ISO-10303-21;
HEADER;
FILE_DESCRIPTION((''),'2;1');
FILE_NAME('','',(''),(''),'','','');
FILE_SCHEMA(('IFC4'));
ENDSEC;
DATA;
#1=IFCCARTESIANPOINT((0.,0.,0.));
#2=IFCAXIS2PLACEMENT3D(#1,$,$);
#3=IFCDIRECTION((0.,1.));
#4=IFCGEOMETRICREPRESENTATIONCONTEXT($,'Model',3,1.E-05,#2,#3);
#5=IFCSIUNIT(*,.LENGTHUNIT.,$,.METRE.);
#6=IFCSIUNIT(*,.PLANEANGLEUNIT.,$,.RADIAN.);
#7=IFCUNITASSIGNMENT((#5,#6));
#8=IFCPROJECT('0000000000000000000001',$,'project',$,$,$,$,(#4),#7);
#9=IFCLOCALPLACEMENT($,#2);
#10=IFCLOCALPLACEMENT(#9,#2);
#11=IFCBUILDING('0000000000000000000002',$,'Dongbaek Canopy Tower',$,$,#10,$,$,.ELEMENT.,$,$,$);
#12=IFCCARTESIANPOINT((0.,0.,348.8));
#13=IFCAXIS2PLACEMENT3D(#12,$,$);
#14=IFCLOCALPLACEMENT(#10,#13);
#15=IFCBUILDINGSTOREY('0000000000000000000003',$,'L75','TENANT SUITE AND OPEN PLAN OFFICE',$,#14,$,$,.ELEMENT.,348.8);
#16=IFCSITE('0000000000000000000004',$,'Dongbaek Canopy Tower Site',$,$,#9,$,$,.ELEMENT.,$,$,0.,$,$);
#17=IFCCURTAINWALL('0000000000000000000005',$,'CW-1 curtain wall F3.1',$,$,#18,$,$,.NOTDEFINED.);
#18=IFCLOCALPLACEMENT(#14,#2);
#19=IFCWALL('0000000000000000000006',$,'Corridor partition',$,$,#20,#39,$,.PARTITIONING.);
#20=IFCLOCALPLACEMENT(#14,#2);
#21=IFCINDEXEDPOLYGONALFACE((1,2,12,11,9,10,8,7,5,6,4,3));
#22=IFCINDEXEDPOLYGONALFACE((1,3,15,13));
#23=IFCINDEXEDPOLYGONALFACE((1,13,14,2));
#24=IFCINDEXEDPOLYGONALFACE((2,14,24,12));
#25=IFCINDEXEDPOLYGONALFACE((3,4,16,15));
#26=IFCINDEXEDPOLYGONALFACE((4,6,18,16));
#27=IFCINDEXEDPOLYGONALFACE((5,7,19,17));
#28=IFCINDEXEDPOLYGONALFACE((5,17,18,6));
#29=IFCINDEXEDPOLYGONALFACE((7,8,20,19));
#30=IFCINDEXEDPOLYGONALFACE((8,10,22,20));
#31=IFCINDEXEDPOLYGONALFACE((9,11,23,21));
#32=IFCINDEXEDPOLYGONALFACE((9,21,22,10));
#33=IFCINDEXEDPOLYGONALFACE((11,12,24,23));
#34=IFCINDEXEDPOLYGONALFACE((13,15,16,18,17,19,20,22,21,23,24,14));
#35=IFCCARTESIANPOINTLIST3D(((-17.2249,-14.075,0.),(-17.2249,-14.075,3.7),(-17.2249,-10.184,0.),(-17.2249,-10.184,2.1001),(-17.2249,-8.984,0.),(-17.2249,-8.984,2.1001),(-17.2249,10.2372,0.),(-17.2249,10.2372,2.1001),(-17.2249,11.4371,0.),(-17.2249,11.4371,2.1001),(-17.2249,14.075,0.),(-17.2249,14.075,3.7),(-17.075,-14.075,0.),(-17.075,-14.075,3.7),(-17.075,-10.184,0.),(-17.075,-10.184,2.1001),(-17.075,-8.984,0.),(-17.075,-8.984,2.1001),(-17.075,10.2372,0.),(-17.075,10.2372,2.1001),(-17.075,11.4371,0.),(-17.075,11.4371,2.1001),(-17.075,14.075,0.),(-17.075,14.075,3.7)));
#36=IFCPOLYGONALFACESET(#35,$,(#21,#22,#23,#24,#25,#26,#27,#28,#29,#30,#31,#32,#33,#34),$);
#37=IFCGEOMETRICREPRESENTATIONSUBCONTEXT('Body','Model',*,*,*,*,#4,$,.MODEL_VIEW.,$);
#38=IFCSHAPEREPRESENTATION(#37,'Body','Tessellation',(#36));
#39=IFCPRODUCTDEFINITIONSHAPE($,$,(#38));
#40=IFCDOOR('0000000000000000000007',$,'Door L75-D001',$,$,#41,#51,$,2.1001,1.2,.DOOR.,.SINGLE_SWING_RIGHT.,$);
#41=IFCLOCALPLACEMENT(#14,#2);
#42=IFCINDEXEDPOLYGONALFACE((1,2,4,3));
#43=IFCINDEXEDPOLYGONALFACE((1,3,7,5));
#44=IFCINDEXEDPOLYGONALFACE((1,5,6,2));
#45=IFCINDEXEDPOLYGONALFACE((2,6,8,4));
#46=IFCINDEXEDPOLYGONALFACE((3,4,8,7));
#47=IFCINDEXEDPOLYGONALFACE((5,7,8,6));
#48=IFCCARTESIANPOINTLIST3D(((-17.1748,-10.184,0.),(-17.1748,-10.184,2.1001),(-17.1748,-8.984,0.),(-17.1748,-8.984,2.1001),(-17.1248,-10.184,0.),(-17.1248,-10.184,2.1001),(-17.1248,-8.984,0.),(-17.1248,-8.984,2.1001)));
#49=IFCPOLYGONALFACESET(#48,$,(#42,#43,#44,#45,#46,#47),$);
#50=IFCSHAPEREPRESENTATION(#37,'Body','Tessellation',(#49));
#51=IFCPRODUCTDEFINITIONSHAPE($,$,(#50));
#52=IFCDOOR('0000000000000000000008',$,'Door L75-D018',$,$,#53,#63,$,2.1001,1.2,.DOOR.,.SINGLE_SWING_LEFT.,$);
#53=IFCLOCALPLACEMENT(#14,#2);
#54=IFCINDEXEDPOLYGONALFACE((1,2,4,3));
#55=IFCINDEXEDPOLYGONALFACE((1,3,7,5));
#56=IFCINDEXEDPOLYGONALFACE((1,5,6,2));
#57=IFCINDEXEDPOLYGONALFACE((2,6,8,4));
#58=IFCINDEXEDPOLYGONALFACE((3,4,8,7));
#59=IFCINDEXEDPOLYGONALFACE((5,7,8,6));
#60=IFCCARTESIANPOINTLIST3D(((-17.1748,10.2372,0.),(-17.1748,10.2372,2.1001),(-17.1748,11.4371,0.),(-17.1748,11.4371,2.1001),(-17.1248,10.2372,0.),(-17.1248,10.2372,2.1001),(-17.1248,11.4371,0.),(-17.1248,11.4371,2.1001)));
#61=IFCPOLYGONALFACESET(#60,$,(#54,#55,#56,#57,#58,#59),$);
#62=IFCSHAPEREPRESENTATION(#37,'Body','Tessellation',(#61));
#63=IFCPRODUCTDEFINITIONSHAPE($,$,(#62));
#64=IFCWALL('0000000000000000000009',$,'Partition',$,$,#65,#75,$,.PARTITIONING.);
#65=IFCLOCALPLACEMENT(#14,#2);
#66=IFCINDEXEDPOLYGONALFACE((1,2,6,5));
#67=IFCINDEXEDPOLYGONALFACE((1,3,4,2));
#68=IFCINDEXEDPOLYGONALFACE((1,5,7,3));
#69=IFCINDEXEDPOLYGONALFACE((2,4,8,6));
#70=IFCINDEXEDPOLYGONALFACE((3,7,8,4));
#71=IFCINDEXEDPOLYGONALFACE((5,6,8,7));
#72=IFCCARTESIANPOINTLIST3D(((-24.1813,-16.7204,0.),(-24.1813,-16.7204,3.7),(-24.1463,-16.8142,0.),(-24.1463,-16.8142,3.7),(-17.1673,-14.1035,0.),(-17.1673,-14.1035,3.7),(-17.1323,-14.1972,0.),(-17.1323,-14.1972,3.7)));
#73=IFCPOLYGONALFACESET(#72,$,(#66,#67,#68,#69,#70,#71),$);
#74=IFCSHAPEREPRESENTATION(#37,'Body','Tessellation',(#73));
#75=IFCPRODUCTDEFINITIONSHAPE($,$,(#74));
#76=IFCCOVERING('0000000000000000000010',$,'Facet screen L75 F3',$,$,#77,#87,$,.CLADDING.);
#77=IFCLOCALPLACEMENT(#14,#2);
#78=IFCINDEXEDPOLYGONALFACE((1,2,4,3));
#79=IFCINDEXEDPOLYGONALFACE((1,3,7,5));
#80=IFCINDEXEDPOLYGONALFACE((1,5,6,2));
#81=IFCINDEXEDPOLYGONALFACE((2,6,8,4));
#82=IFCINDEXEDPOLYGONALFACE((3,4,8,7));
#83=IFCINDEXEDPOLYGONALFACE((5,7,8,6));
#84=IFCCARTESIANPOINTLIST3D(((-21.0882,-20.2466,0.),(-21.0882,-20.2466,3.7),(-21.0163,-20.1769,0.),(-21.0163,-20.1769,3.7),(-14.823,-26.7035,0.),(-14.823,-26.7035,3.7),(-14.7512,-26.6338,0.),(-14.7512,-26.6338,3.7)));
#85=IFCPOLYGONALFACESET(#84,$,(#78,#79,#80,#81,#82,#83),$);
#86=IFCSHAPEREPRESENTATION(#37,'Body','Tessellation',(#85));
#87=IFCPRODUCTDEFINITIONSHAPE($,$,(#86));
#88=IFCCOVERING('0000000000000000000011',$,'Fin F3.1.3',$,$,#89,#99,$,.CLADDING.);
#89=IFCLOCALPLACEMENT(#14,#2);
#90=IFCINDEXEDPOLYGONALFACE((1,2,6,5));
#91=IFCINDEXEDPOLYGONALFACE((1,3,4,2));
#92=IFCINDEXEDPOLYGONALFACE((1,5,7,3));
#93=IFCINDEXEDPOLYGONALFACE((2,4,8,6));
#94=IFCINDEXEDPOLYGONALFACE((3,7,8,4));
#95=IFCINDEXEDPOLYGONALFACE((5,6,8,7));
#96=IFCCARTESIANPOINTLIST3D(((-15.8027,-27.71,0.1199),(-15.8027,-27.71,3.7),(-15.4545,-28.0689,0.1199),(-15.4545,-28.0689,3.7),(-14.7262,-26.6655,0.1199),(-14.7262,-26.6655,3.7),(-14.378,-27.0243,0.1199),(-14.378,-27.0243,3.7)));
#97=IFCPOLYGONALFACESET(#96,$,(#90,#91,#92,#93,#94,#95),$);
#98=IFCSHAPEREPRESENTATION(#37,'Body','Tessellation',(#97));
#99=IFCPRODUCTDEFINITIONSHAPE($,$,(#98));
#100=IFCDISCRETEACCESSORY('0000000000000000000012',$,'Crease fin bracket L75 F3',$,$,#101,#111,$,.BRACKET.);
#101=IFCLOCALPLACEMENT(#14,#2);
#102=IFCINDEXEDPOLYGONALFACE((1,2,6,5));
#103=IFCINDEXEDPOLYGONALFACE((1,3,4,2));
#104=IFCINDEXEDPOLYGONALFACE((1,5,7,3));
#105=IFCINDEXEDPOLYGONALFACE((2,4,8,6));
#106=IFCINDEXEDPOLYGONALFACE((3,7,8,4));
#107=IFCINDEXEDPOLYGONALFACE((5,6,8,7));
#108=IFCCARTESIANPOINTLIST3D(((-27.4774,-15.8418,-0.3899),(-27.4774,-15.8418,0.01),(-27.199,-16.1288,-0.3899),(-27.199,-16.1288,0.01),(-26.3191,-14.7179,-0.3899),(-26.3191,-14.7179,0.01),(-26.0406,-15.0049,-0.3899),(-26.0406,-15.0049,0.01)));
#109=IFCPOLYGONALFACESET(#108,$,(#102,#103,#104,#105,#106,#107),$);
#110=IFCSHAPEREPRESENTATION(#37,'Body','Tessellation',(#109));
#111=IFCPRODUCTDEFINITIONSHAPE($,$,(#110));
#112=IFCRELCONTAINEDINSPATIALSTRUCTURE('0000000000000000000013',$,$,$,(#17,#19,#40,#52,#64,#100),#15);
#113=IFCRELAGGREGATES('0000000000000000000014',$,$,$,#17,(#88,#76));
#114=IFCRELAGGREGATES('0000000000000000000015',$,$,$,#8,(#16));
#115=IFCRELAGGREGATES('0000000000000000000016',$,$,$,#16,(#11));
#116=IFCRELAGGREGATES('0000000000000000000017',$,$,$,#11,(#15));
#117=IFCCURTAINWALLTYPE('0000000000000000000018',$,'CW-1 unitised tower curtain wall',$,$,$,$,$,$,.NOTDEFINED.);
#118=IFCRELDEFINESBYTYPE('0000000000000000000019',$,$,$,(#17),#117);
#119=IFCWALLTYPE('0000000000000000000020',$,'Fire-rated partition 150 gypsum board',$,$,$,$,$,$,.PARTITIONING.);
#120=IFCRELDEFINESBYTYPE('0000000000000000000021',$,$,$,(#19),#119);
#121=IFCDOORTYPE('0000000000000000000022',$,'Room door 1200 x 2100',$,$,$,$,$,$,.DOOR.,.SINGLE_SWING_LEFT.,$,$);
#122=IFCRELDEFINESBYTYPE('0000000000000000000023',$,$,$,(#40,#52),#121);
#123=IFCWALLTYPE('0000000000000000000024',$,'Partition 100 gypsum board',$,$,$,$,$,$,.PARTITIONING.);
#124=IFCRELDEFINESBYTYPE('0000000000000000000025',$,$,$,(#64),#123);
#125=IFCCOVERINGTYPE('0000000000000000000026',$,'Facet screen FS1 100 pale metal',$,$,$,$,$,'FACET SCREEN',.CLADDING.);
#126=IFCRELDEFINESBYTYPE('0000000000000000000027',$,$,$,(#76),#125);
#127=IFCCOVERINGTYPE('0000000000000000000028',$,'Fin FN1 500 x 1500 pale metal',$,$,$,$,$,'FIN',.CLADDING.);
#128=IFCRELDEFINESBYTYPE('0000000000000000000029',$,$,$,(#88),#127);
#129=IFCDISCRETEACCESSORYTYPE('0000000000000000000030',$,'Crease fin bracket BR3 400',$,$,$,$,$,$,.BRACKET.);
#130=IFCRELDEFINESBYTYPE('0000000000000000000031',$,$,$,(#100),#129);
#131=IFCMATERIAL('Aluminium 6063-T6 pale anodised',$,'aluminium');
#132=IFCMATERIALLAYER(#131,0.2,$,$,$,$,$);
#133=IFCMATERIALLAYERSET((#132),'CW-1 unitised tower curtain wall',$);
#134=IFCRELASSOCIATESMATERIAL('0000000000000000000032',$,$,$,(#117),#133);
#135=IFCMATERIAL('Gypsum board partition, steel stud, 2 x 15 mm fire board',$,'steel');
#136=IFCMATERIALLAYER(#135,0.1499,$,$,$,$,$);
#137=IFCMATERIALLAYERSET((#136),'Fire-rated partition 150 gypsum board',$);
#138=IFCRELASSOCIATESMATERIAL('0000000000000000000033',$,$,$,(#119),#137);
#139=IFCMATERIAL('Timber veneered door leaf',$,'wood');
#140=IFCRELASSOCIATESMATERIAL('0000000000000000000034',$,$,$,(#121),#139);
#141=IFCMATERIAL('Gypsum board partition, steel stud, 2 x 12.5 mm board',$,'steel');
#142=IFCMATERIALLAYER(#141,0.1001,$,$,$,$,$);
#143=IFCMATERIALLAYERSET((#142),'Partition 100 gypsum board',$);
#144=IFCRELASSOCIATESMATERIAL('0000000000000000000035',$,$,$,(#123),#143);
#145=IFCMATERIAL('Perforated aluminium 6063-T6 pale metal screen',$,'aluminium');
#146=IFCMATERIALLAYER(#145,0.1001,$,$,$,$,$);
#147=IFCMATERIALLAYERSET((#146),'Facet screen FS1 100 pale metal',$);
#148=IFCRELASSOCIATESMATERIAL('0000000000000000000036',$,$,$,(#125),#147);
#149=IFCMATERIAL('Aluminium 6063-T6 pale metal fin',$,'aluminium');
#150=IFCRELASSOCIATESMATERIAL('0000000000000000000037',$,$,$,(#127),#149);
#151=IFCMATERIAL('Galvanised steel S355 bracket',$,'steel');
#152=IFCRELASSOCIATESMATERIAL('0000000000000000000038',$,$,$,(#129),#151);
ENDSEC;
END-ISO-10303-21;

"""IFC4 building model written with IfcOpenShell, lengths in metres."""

from ifc_helpers import new_model, si_unit, direction, frame, frame_2d, origin, origin_2d, place, context, subcontext, project, spatial, rectangle, extrude, material, layer, layer_set, material_profile, profile_set, type_object, element, fill, aggregate, save


model = new_model("IFC4")

# Units and contexts
model_context = context("Model", 3, precision=1e-05, world=origin(), true_north=direction((0.0, 1.0)))
body_context = subcontext(model_context, "Body", "Model", "MODEL_VIEW")
ifc_project = project(units=[si_unit("LENGTHUNIT", "METRE"), si_unit("PLANEANGLEUNIT", "RADIAN")], contexts=[model_context])

# Site, building, storey
site_placement = place(None, origin())
site = spatial("IfcSite", under=ifc_project, at=site_placement, Name="Dongbaek Canopy Tower Site", CompositionType="ELEMENT", RefElevation=0.0)
building_placement = place(site_placement, origin())
building = spatial("IfcBuilding", under=site, at=building_placement, Name="Dongbaek Canopy Tower", CompositionType="ELEMENT")
storey_placement = place(building_placement, frame((0.0, 0.0, 348.8)))
storey = spatial("IfcBuildingStorey", under=building, at=storey_placement, Name="L75", Description="TENANT SUITE AND OPEN PLAN OFFICE", CompositionType="ELEMENT", Elevation=348.8)

# Curtain wall
ifc_material_1 = material(Name="Aluminium 6063-T6 pale anodised", Category="aluminium")
ifc_layer_1 = layer(ifc_material_1, 0.2)
ifc_layer_set_1 = layer_set([ifc_layer_1], Name="CW-1 unitised tower curtain wall")
curtain_wall_type = type_object("IfcCurtainWallType", Name="CW-1 unitised tower curtain wall", PredefinedType="NOTDEFINED", material=ifc_layer_set_1)
curtain_wall_placement = place(storey_placement, origin())
curtain_wall = element("IfcCurtainWall", 1, at=curtain_wall_placement, inside=storey, type_object=curtain_wall_type, Name="CW-1 curtain wall F3.1", PredefinedType="NOTDEFINED")

# Wall, openings, doors
ifc_material_2 = material(Name="Gypsum board partition, steel stud, 2 x 15 mm fire board", Category="steel")
ifc_layer_2 = layer(ifc_material_2, 0.1499)
ifc_layer_set_2 = layer_set([ifc_layer_2], Name="Fire-rated partition 150 gypsum board")
wall_type_1 = type_object("IfcWallType", Name="Fire-rated partition 150 gypsum board", PredefinedType="PARTITIONING", material=ifc_layer_set_2)
wall_1_placement = place(storey_placement, frame((-17.1499, -14.075, 0.0), z_axis=(0.0, 0.0, 1.0), x_axis=(0.0, 1.0, 0.0)))
wall_1 = element("IfcWall", 2, at=wall_1_placement, inside=storey, type_object=wall_type_1, Name="Corridor partition", PredefinedType="PARTITIONING", context=body_context, shape_type="SweptSolid", body=[
    extrude(rectangle(XDim=28.1499, YDim=0.1499, at=frame_2d((14.075, 0.0))), origin(), (0.0, 0.0, 1.0), 3.7),
])
opening_1_placement = place(wall_1_placement, frame((3.8909, 0.0, 0.0)))
opening_1 = element("IfcOpeningElement", 3, at=opening_1_placement, cuts=wall_1, PredefinedType="OPENING", context=body_context, shape_type="SweptSolid", body=[
    extrude(rectangle(XDim=1.2, YDim=2.1001, at=frame_2d((0.6001, 1.05))), frame((0.0, 0.085, 0.0), z_axis=(0.0, -1.0, 0.0), x_axis=(1.0, 0.0, 0.0)), (0.0, 0.0, 1.0), 0.1699),
])
opening_2_placement = place(wall_1_placement, frame((24.312, 0.0, 0.0)))
opening_2 = element("IfcOpeningElement", 4, at=opening_2_placement, cuts=wall_1, PredefinedType="OPENING", context=body_context, shape_type="SweptSolid", body=[
    extrude(rectangle(XDim=1.2, YDim=2.1001, at=frame_2d((0.6001, 1.05))), frame((0.0, 0.085, 0.0), z_axis=(0.0, -1.0, 0.0), x_axis=(1.0, 0.0, 0.0)), (0.0, 0.0, 1.0), 0.1699),
])
ifc_material_3 = material(Name="Timber veneered door leaf", Category="wood")
door_type_1 = type_object("IfcDoorType", Name="Room door 1200 x 2100", OperationType="SINGLE_SWING_LEFT", PredefinedType="DOOR", material=ifc_material_3)
door_1_placement = place(opening_1_placement, origin())
door_1 = element("IfcDoor", 5, at=door_1_placement, inside=storey, type_object=door_type_1, Name="Door L75-D001", OperationType="SINGLE_SWING_RIGHT", OverallHeight=2.1001, OverallWidth=1.2, PredefinedType="DOOR", context=body_context, shape_type="SweptSolid", body=[
    extrude(rectangle(XDim=1.2, YDim=2.1001, at=frame_2d((0.6001, 1.05))), frame((0.0, 0.0249, 0.0), z_axis=(0.0, -1.0, 0.0), x_axis=(1.0, 0.0, 0.0)), (0.0, 0.0, 1.0), 0.05),
])
fill(opening_1, door_1)
door_2_placement = place(opening_2_placement, origin())
door_2 = element("IfcDoor", 6, at=door_2_placement, inside=storey, type_object=door_type_1, Name="Door L75-D018", OperationType="SINGLE_SWING_LEFT", OverallHeight=2.1001, OverallWidth=1.2, PredefinedType="DOOR", context=body_context, shape_type="SweptSolid", body=[
    extrude(rectangle(XDim=1.2, YDim=2.1001, at=frame_2d((0.6001, 1.05))), frame((0.0, 0.0249, 0.0), z_axis=(0.0, -1.0, 0.0), x_axis=(1.0, 0.0, 0.0)), (0.0, 0.0, 1.0), 0.05),
])
fill(opening_2, door_2)

# Wall
ifc_material_4 = material(Name="Gypsum board partition, steel stud, 2 x 12.5 mm board", Category="steel")
ifc_layer_3 = layer(ifc_material_4, 0.1001)
ifc_layer_set_3 = layer_set([ifc_layer_3], Name="Partition 100 gypsum board")
wall_type_2 = type_object("IfcWallType", Name="Partition 100 gypsum board", PredefinedType="PARTITIONING", material=ifc_layer_set_3)
wall_2_placement = place(storey_placement, frame((-24.1638, -16.7673, 0.0), z_axis=(0.0, 0.0, 1.0), x_axis=(0.936911, 0.349568, 0.0)))
element("IfcWall", 7, at=wall_2_placement, inside=storey, type_object=wall_type_2, Name="Partition", PredefinedType="PARTITIONING", context=body_context, shape_type="SweptSolid", body=[
    extrude(rectangle(XDim=7.4863, YDim=0.1001, at=frame_2d((3.7432, 0.0))), origin(), (0.0, 0.0, 1.0), 3.7),
])

# Coverings
ifc_material_5 = material(Name="Perforated aluminium 6063-T6 pale metal screen", Category="aluminium")
ifc_layer_4 = layer(ifc_material_5, 0.1001)
ifc_layer_set_4 = layer_set([ifc_layer_4], Name="Facet screen FS1 100 pale metal")
covering_type_1 = type_object("IfcCoveringType", Name="Facet screen FS1 100 pale metal", ElementType="FACET SCREEN", PredefinedType="CLADDING", material=ifc_layer_set_4)
covering_1_placement = place(storey_placement, frame((-17.9197, -23.4402, 0.0), z_axis=(0.0, 0.0, 1.0), x_axis=(0.696373, -0.71768, 0.0)))
covering_1 = element("IfcCovering", 8, at=covering_1_placement, type_object=covering_type_1, Name="Facet screen L75 F3", PredefinedType="CLADDING", context=body_context, shape_type="SweptSolid", body=[
    extrude(rectangle(XDim=8.9968, YDim=0.1001, at=origin_2d()), origin(), (0.0, 0.0, 1.0), 3.7),
])
ifc_material_6 = material(Name="Aluminium 6063-T6 pale metal fin", Category="aluminium")
ifc_material_profile_1 = material_profile(ifc_material_6, rectangle(XDim=1.5, YDim=0.5, at=origin_2d()), Name="Fin FN1 500 x 1500 pale metal")
ifc_profile_set_1 = profile_set([ifc_material_profile_1], Name="Aluminium 6063-T6 pale metal fin")
covering_type_2 = type_object("IfcCoveringType", Name="Fin FN1 500 x 1500 pale metal", ElementType="FIN", PredefinedType="CLADDING", material=ifc_profile_set_1)
covering_2_placement = place(storey_placement, frame((-15.0903, -27.3672, 0.1199), z_axis=(0.0, 0.0, 1.0), x_axis=(-0.71768, -0.696373, 0.0)))
covering_2 = element("IfcCovering", 9, at=covering_2_placement, type_object=covering_type_2, Name="Fin F3.1.3", PredefinedType="CLADDING", context=body_context, shape_type="SweptSolid", body=[
    extrude(rectangle(XDim=1.5, YDim=0.5, at=origin_2d()), origin(), (0.0, 0.0, 1.0), 3.5801),
])
aggregate(curtain_wall, [covering_2, covering_1])

# Discrete accessory
ifc_material_7 = material(Name="Galvanised steel S355 bracket", Category="steel")
discrete_accessory_type = type_object("IfcDiscreteAccessoryType", Name="Crease fin bracket BR3 400", PredefinedType="BRACKET", material=ifc_material_7)
discrete_accessory_placement = place(storey_placement, frame((-26.759, -15.4233, -0.3899), z_axis=(0.0, 0.0, 1.0), x_axis=(-0.71768, -0.696373, 0.0)))
element("IfcDiscreteAccessory", 10, at=discrete_accessory_placement, inside=storey, type_object=discrete_accessory_type, Name="Crease fin bracket L75 F3", PredefinedType="BRACKET", context=body_context, shape_type="SweptSolid", body=[
    extrude(rectangle(XDim=1.614, YDim=0.3999, at=origin_2d()), origin(), (0.0, 0.0, 1.0), 0.3999),
])

save(model, "model.ifc")
